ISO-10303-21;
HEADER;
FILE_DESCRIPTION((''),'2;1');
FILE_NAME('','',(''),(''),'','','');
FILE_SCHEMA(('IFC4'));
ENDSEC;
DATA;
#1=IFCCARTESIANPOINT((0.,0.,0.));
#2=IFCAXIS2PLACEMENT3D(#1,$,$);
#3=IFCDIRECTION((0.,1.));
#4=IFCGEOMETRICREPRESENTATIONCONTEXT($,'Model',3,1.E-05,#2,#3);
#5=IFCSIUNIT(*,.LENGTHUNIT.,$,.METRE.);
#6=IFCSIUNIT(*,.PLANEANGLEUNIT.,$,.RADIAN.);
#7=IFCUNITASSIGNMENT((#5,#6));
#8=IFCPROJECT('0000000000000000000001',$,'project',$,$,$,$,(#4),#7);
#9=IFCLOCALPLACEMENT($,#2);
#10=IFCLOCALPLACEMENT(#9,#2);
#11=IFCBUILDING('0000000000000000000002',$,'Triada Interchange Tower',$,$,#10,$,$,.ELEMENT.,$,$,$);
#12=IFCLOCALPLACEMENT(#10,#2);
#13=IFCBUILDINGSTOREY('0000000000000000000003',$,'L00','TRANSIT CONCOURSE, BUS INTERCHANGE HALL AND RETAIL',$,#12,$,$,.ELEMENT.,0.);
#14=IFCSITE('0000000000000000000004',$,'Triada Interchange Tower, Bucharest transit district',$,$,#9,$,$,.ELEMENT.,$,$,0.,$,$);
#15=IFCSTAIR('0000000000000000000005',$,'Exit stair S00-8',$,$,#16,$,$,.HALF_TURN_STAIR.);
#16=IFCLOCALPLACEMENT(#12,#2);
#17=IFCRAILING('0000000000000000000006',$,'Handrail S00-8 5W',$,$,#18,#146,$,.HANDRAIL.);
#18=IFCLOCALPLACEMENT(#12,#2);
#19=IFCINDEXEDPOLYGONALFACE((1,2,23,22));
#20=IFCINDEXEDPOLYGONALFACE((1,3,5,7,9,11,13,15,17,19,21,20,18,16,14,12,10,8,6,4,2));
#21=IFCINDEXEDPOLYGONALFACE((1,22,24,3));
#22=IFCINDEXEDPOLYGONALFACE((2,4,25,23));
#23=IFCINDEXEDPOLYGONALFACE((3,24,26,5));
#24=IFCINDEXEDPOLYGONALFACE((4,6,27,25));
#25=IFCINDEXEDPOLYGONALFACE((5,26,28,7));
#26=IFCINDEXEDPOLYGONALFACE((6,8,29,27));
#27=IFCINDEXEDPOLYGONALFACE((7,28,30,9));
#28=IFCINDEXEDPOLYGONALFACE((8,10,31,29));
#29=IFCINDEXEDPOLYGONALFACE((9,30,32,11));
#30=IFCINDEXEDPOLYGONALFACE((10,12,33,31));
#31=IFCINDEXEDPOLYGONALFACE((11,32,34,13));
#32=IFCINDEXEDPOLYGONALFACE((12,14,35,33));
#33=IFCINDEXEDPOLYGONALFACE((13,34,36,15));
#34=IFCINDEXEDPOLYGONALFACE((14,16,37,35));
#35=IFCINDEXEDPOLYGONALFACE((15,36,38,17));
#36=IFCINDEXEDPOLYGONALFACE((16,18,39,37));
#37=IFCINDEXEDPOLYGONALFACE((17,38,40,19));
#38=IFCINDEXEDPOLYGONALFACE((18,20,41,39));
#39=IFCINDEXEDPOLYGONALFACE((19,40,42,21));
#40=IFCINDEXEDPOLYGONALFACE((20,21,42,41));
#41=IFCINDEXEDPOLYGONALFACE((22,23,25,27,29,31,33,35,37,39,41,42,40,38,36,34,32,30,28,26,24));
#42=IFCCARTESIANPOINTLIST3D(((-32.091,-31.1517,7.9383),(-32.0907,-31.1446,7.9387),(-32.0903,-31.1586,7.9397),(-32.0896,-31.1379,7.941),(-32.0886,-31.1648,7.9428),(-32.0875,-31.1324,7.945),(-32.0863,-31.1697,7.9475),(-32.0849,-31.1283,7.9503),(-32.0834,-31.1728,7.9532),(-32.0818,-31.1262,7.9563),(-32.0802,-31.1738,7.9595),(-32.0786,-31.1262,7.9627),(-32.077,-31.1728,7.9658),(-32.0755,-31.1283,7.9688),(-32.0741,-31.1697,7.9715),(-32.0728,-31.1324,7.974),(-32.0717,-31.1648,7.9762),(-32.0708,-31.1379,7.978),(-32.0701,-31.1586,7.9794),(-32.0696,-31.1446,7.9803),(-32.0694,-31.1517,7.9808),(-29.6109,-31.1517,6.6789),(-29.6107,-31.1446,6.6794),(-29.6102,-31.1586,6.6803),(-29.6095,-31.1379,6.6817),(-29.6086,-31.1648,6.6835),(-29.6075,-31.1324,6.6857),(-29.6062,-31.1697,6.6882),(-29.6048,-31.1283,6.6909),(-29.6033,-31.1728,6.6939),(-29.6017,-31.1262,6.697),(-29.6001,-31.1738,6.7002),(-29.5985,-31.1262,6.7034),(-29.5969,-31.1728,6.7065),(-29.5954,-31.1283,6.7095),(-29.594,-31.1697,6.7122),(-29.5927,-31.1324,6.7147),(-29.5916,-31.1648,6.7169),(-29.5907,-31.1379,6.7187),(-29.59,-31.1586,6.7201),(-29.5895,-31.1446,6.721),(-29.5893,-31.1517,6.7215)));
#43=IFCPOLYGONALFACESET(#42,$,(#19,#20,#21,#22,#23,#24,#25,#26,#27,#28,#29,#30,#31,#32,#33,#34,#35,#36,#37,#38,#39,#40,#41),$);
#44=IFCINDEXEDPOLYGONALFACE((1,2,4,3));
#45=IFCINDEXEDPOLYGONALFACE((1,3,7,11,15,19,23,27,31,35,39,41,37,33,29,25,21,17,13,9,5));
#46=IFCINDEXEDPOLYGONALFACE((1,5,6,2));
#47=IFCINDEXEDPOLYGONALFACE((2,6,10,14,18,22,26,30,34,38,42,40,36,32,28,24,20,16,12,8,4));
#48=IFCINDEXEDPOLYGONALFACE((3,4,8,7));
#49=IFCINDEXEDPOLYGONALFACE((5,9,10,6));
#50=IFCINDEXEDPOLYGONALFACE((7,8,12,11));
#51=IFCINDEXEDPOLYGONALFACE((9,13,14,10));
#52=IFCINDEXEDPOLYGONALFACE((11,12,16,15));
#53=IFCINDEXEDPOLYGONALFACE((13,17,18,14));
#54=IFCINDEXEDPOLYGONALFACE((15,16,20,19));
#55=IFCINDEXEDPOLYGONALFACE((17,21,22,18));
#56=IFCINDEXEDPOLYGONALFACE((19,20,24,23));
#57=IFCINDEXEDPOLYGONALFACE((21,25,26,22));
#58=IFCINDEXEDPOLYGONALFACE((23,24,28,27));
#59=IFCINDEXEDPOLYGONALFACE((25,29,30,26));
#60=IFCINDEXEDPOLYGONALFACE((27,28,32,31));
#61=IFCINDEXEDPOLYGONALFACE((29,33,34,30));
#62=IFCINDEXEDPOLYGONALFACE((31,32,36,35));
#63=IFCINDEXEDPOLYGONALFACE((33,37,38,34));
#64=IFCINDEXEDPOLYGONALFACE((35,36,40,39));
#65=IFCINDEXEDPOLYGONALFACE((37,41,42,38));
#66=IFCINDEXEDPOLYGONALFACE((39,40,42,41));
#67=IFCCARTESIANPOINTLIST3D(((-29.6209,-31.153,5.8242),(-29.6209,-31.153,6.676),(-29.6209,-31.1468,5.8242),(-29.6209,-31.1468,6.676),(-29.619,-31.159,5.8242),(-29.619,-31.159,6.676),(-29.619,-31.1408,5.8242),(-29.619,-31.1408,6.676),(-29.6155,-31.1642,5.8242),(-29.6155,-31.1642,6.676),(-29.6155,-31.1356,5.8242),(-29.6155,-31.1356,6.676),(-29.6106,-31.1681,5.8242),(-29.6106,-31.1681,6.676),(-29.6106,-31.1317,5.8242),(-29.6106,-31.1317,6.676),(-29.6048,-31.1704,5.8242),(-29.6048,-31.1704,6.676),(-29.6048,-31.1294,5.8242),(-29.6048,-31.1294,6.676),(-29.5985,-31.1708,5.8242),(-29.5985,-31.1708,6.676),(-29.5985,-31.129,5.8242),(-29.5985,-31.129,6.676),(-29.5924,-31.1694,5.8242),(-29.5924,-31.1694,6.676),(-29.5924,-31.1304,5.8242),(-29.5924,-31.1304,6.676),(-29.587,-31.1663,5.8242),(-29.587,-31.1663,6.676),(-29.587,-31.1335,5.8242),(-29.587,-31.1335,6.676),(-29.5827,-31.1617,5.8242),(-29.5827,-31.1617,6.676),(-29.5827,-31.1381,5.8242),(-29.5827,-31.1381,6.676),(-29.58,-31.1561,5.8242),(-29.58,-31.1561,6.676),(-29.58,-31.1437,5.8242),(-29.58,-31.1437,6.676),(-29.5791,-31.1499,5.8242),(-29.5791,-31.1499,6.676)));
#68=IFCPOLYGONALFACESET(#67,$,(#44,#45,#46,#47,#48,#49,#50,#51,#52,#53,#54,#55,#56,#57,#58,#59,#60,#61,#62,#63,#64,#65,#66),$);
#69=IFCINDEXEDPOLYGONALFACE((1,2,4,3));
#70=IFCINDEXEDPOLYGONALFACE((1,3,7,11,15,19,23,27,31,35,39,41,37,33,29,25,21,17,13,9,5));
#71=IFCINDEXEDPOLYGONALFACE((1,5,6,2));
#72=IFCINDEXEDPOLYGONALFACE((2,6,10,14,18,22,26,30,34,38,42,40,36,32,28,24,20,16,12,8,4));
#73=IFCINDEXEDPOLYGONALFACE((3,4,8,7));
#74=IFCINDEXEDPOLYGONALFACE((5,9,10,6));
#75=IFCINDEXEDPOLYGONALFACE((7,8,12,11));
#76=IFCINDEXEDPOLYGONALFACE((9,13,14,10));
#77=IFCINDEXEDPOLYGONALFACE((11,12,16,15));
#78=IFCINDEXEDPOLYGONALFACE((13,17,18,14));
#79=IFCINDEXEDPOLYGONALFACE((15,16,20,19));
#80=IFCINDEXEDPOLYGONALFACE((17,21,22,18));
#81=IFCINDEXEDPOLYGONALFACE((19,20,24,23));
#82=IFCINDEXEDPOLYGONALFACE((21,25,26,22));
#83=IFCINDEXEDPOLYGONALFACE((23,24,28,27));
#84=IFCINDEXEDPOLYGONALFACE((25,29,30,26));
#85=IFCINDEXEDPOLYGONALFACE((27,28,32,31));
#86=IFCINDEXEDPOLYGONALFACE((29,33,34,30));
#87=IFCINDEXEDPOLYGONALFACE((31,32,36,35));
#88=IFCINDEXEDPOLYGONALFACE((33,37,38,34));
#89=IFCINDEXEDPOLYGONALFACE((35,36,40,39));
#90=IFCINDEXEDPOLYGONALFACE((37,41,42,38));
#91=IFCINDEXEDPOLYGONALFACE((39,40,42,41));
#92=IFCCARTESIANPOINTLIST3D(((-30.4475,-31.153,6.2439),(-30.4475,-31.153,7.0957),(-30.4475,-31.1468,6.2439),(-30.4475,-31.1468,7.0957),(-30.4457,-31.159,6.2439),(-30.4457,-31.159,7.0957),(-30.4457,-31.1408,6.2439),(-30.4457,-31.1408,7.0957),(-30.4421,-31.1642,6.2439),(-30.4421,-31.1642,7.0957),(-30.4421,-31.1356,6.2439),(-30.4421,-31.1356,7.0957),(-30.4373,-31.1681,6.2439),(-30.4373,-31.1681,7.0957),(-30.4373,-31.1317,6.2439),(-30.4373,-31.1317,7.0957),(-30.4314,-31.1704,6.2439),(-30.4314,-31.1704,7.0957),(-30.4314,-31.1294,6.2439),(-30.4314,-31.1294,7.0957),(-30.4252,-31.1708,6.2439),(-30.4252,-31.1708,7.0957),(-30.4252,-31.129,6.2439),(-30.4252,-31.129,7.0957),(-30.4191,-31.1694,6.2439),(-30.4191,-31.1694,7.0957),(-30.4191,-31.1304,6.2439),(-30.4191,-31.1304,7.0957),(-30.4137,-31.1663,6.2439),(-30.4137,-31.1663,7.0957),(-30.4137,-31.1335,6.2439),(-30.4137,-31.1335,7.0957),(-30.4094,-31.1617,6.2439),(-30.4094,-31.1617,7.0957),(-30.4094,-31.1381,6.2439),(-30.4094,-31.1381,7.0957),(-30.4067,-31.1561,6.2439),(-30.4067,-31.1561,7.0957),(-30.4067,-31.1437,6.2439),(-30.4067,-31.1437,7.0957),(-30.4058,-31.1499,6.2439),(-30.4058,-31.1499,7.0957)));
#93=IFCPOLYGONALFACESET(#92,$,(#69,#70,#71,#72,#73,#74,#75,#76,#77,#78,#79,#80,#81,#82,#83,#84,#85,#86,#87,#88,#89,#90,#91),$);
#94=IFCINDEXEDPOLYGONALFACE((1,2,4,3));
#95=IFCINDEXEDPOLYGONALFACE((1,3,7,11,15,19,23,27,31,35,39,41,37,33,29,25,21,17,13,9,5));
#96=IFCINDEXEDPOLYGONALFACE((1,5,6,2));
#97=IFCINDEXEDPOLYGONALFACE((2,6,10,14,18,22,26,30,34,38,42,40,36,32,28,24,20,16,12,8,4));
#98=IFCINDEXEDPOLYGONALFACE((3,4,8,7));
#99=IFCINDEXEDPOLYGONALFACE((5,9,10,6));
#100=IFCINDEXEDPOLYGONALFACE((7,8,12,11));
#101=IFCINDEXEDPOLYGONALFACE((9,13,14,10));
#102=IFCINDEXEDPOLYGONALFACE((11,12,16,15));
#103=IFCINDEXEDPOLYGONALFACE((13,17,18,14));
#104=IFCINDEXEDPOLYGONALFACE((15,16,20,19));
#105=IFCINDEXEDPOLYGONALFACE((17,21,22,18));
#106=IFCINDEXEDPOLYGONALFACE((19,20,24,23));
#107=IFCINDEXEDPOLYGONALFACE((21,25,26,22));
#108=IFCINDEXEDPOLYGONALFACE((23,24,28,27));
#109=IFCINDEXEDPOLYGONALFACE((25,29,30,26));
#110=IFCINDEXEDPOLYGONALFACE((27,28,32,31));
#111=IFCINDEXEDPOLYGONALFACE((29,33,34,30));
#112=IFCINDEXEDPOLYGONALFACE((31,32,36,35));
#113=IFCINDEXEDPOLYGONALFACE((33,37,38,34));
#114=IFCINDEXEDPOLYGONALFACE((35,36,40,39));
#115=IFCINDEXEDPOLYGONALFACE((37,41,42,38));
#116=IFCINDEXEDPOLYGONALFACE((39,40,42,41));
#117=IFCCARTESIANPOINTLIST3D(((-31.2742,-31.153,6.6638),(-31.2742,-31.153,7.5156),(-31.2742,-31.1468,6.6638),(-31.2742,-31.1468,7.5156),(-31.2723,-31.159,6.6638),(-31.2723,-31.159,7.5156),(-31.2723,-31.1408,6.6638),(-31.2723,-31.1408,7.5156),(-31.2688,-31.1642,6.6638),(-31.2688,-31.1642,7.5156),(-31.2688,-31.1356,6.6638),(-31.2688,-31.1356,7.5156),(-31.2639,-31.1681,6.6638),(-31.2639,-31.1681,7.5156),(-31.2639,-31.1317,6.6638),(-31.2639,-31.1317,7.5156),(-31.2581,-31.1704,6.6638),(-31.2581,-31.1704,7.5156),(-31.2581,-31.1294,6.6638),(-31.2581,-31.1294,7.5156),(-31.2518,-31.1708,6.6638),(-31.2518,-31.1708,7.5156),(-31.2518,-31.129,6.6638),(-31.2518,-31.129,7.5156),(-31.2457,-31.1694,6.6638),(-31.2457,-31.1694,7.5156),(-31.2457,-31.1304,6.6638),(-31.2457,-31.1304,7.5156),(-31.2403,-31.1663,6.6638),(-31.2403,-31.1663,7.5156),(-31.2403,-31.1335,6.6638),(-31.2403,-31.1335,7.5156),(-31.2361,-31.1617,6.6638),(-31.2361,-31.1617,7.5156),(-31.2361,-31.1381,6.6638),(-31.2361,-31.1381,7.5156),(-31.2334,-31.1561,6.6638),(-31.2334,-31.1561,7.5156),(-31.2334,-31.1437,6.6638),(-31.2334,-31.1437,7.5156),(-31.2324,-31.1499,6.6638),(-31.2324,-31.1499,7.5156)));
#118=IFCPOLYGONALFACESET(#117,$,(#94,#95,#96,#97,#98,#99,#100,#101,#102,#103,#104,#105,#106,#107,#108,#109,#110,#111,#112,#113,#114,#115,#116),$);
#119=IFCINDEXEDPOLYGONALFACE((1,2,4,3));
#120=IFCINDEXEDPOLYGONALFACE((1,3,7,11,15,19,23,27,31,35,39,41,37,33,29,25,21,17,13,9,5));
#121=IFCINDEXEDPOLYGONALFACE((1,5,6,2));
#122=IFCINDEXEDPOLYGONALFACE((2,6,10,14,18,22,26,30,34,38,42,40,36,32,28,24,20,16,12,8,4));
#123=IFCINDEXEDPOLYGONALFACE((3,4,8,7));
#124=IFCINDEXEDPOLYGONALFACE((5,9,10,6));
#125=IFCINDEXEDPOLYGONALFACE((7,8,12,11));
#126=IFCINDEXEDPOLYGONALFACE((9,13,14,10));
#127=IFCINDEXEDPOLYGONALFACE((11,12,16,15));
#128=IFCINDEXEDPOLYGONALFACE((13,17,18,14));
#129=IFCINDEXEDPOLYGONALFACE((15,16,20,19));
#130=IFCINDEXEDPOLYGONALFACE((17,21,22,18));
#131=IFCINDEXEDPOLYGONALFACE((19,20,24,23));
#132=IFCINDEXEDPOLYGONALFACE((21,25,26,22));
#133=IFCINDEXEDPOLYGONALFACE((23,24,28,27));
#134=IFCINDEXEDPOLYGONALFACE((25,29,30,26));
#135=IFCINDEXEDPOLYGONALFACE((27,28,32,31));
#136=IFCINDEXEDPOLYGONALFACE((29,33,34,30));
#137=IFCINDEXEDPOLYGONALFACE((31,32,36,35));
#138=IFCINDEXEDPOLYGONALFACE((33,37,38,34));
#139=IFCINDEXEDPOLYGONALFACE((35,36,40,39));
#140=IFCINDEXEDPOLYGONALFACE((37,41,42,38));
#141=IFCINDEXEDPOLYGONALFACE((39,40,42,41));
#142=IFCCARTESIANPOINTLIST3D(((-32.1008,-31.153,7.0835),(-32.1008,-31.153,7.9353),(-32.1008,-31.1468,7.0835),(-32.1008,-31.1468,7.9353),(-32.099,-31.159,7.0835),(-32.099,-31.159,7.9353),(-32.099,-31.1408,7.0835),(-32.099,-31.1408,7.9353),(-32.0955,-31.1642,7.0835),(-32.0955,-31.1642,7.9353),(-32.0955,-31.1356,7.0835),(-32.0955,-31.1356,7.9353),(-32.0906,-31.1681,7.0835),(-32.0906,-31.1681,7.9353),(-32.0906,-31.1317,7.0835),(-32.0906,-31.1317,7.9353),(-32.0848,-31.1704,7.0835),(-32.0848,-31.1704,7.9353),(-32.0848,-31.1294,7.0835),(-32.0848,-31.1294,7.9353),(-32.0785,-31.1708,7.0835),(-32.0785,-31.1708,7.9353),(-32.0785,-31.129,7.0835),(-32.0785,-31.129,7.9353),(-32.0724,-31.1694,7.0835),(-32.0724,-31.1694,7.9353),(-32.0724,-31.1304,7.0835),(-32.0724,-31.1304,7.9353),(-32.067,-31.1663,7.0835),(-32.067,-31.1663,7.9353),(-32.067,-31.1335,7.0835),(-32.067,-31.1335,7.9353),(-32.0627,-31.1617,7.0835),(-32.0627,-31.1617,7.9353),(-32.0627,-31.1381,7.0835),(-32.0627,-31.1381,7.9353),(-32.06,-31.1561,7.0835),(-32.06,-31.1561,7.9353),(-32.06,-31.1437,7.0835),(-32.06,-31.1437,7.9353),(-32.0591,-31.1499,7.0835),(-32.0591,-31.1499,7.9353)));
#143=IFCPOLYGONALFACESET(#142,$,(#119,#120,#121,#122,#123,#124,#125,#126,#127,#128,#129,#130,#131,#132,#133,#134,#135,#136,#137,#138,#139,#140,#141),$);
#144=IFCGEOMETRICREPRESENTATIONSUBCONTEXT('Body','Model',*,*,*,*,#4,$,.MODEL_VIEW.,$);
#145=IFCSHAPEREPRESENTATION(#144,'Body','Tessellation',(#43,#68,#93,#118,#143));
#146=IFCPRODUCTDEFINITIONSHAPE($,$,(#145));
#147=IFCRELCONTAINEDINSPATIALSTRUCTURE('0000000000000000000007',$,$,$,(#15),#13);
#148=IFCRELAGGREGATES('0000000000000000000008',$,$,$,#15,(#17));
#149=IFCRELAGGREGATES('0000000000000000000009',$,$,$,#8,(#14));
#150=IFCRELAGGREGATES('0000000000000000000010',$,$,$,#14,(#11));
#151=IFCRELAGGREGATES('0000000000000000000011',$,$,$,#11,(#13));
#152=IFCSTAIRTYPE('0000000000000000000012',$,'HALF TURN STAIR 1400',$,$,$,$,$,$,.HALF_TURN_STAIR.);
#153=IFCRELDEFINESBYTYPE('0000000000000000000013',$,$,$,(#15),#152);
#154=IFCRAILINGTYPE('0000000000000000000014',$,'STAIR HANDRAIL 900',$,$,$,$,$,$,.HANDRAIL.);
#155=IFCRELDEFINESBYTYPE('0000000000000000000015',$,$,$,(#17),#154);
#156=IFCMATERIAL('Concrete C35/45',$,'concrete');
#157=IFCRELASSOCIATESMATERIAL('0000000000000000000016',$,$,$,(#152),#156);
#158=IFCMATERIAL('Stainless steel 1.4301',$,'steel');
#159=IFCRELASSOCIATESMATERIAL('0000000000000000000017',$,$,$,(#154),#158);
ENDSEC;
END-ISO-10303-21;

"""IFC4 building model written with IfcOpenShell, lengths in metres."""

from ifc_helpers import new_model, si_unit, direction, frame, origin, origin_2d, place, context, subcontext, project, spatial, circle, extrude, material, type_object, element, aggregate, save


model = new_model("IFC4")

# Units and contexts
model_context = context("Model", 3, precision=1e-05, world=origin(), true_north=direction((0.0, 1.0)))
body_context = subcontext(model_context, "Body", "Model", "MODEL_VIEW")
ifc_project = project(units=[si_unit("LENGTHUNIT", "METRE"), si_unit("PLANEANGLEUNIT", "RADIAN")], contexts=[model_context])

# Site, building, storey
site_placement = place(None, origin())
site = spatial("IfcSite", under=ifc_project, at=site_placement, Name="Triada Interchange Tower, Bucharest transit district", CompositionType="ELEMENT", RefElevation=0.0)
building_placement = place(site_placement, origin())
building = spatial("IfcBuilding", under=site, at=building_placement, Name="Triada Interchange Tower", CompositionType="ELEMENT")
storey_placement = place(building_placement, origin())
storey = spatial("IfcBuildingStorey", under=building, at=storey_placement, Name="L00", Description="TRANSIT CONCOURSE, BUS INTERCHANGE HALL AND RETAIL", CompositionType="ELEMENT", Elevation=0.0)

# Stair, railing
ifc_material_1 = material(Name="Concrete C35/45", Category="concrete")
stair_type = type_object("IfcStairType", Name="HALF TURN STAIR 1400", PredefinedType="HALF_TURN_STAIR", material=ifc_material_1)
stair_placement = place(storey_placement, origin())
stair = element("IfcStair", 1, at=stair_placement, inside=storey, type_object=stair_type, Name="Exit stair S00-8", PredefinedType="HALF_TURN_STAIR")
ifc_material_2 = material(Name="Stainless steel 1.4301", Category="steel")
railing_type = type_object("IfcRailingType", Name="STAIR HANDRAIL 900", PredefinedType="HANDRAIL", material=ifc_material_2)
railing_1_placement = place(storey_placement, frame((-29.6001, -31.1499, 5.8242)))
railing_1 = element("IfcRailing", 2, at=railing_1_placement, type_object=railing_type, Name="Handrail S00-8 5W", PredefinedType="HANDRAIL", context=body_context, shape_type="SweptSolid", body=[
    extrude(circle(Radius=0.0239, at=origin_2d()), frame((0.0, 0.0, 0.876), z_axis=(-0.891636, 0.0, 0.452752), x_axis=(0.0, -1.0, 0.0)), (0.0, 0.0, 1.0), 2.7815),
    extrude(circle(Radius=0.021, at=origin_2d()), origin(), (0.0, 0.0, 1.0), 0.8518),
    extrude(circle(Radius=0.021, at=origin_2d()), frame((-0.8267, 0.0, 0.4197)), (0.0, 0.0, 1.0), 0.8518),
    extrude(circle(Radius=0.021, at=origin_2d()), frame((-1.6533, 0.0, 0.8396)), (0.0, 0.0, 1.0), 0.8518),
    extrude(circle(Radius=0.021, at=origin_2d()), frame((-2.48, 0.0, 1.2593)), (0.0, 0.0, 1.0), 0.8518),
])
aggregate(stair, [railing_1])

save(model, "model.ifc")
